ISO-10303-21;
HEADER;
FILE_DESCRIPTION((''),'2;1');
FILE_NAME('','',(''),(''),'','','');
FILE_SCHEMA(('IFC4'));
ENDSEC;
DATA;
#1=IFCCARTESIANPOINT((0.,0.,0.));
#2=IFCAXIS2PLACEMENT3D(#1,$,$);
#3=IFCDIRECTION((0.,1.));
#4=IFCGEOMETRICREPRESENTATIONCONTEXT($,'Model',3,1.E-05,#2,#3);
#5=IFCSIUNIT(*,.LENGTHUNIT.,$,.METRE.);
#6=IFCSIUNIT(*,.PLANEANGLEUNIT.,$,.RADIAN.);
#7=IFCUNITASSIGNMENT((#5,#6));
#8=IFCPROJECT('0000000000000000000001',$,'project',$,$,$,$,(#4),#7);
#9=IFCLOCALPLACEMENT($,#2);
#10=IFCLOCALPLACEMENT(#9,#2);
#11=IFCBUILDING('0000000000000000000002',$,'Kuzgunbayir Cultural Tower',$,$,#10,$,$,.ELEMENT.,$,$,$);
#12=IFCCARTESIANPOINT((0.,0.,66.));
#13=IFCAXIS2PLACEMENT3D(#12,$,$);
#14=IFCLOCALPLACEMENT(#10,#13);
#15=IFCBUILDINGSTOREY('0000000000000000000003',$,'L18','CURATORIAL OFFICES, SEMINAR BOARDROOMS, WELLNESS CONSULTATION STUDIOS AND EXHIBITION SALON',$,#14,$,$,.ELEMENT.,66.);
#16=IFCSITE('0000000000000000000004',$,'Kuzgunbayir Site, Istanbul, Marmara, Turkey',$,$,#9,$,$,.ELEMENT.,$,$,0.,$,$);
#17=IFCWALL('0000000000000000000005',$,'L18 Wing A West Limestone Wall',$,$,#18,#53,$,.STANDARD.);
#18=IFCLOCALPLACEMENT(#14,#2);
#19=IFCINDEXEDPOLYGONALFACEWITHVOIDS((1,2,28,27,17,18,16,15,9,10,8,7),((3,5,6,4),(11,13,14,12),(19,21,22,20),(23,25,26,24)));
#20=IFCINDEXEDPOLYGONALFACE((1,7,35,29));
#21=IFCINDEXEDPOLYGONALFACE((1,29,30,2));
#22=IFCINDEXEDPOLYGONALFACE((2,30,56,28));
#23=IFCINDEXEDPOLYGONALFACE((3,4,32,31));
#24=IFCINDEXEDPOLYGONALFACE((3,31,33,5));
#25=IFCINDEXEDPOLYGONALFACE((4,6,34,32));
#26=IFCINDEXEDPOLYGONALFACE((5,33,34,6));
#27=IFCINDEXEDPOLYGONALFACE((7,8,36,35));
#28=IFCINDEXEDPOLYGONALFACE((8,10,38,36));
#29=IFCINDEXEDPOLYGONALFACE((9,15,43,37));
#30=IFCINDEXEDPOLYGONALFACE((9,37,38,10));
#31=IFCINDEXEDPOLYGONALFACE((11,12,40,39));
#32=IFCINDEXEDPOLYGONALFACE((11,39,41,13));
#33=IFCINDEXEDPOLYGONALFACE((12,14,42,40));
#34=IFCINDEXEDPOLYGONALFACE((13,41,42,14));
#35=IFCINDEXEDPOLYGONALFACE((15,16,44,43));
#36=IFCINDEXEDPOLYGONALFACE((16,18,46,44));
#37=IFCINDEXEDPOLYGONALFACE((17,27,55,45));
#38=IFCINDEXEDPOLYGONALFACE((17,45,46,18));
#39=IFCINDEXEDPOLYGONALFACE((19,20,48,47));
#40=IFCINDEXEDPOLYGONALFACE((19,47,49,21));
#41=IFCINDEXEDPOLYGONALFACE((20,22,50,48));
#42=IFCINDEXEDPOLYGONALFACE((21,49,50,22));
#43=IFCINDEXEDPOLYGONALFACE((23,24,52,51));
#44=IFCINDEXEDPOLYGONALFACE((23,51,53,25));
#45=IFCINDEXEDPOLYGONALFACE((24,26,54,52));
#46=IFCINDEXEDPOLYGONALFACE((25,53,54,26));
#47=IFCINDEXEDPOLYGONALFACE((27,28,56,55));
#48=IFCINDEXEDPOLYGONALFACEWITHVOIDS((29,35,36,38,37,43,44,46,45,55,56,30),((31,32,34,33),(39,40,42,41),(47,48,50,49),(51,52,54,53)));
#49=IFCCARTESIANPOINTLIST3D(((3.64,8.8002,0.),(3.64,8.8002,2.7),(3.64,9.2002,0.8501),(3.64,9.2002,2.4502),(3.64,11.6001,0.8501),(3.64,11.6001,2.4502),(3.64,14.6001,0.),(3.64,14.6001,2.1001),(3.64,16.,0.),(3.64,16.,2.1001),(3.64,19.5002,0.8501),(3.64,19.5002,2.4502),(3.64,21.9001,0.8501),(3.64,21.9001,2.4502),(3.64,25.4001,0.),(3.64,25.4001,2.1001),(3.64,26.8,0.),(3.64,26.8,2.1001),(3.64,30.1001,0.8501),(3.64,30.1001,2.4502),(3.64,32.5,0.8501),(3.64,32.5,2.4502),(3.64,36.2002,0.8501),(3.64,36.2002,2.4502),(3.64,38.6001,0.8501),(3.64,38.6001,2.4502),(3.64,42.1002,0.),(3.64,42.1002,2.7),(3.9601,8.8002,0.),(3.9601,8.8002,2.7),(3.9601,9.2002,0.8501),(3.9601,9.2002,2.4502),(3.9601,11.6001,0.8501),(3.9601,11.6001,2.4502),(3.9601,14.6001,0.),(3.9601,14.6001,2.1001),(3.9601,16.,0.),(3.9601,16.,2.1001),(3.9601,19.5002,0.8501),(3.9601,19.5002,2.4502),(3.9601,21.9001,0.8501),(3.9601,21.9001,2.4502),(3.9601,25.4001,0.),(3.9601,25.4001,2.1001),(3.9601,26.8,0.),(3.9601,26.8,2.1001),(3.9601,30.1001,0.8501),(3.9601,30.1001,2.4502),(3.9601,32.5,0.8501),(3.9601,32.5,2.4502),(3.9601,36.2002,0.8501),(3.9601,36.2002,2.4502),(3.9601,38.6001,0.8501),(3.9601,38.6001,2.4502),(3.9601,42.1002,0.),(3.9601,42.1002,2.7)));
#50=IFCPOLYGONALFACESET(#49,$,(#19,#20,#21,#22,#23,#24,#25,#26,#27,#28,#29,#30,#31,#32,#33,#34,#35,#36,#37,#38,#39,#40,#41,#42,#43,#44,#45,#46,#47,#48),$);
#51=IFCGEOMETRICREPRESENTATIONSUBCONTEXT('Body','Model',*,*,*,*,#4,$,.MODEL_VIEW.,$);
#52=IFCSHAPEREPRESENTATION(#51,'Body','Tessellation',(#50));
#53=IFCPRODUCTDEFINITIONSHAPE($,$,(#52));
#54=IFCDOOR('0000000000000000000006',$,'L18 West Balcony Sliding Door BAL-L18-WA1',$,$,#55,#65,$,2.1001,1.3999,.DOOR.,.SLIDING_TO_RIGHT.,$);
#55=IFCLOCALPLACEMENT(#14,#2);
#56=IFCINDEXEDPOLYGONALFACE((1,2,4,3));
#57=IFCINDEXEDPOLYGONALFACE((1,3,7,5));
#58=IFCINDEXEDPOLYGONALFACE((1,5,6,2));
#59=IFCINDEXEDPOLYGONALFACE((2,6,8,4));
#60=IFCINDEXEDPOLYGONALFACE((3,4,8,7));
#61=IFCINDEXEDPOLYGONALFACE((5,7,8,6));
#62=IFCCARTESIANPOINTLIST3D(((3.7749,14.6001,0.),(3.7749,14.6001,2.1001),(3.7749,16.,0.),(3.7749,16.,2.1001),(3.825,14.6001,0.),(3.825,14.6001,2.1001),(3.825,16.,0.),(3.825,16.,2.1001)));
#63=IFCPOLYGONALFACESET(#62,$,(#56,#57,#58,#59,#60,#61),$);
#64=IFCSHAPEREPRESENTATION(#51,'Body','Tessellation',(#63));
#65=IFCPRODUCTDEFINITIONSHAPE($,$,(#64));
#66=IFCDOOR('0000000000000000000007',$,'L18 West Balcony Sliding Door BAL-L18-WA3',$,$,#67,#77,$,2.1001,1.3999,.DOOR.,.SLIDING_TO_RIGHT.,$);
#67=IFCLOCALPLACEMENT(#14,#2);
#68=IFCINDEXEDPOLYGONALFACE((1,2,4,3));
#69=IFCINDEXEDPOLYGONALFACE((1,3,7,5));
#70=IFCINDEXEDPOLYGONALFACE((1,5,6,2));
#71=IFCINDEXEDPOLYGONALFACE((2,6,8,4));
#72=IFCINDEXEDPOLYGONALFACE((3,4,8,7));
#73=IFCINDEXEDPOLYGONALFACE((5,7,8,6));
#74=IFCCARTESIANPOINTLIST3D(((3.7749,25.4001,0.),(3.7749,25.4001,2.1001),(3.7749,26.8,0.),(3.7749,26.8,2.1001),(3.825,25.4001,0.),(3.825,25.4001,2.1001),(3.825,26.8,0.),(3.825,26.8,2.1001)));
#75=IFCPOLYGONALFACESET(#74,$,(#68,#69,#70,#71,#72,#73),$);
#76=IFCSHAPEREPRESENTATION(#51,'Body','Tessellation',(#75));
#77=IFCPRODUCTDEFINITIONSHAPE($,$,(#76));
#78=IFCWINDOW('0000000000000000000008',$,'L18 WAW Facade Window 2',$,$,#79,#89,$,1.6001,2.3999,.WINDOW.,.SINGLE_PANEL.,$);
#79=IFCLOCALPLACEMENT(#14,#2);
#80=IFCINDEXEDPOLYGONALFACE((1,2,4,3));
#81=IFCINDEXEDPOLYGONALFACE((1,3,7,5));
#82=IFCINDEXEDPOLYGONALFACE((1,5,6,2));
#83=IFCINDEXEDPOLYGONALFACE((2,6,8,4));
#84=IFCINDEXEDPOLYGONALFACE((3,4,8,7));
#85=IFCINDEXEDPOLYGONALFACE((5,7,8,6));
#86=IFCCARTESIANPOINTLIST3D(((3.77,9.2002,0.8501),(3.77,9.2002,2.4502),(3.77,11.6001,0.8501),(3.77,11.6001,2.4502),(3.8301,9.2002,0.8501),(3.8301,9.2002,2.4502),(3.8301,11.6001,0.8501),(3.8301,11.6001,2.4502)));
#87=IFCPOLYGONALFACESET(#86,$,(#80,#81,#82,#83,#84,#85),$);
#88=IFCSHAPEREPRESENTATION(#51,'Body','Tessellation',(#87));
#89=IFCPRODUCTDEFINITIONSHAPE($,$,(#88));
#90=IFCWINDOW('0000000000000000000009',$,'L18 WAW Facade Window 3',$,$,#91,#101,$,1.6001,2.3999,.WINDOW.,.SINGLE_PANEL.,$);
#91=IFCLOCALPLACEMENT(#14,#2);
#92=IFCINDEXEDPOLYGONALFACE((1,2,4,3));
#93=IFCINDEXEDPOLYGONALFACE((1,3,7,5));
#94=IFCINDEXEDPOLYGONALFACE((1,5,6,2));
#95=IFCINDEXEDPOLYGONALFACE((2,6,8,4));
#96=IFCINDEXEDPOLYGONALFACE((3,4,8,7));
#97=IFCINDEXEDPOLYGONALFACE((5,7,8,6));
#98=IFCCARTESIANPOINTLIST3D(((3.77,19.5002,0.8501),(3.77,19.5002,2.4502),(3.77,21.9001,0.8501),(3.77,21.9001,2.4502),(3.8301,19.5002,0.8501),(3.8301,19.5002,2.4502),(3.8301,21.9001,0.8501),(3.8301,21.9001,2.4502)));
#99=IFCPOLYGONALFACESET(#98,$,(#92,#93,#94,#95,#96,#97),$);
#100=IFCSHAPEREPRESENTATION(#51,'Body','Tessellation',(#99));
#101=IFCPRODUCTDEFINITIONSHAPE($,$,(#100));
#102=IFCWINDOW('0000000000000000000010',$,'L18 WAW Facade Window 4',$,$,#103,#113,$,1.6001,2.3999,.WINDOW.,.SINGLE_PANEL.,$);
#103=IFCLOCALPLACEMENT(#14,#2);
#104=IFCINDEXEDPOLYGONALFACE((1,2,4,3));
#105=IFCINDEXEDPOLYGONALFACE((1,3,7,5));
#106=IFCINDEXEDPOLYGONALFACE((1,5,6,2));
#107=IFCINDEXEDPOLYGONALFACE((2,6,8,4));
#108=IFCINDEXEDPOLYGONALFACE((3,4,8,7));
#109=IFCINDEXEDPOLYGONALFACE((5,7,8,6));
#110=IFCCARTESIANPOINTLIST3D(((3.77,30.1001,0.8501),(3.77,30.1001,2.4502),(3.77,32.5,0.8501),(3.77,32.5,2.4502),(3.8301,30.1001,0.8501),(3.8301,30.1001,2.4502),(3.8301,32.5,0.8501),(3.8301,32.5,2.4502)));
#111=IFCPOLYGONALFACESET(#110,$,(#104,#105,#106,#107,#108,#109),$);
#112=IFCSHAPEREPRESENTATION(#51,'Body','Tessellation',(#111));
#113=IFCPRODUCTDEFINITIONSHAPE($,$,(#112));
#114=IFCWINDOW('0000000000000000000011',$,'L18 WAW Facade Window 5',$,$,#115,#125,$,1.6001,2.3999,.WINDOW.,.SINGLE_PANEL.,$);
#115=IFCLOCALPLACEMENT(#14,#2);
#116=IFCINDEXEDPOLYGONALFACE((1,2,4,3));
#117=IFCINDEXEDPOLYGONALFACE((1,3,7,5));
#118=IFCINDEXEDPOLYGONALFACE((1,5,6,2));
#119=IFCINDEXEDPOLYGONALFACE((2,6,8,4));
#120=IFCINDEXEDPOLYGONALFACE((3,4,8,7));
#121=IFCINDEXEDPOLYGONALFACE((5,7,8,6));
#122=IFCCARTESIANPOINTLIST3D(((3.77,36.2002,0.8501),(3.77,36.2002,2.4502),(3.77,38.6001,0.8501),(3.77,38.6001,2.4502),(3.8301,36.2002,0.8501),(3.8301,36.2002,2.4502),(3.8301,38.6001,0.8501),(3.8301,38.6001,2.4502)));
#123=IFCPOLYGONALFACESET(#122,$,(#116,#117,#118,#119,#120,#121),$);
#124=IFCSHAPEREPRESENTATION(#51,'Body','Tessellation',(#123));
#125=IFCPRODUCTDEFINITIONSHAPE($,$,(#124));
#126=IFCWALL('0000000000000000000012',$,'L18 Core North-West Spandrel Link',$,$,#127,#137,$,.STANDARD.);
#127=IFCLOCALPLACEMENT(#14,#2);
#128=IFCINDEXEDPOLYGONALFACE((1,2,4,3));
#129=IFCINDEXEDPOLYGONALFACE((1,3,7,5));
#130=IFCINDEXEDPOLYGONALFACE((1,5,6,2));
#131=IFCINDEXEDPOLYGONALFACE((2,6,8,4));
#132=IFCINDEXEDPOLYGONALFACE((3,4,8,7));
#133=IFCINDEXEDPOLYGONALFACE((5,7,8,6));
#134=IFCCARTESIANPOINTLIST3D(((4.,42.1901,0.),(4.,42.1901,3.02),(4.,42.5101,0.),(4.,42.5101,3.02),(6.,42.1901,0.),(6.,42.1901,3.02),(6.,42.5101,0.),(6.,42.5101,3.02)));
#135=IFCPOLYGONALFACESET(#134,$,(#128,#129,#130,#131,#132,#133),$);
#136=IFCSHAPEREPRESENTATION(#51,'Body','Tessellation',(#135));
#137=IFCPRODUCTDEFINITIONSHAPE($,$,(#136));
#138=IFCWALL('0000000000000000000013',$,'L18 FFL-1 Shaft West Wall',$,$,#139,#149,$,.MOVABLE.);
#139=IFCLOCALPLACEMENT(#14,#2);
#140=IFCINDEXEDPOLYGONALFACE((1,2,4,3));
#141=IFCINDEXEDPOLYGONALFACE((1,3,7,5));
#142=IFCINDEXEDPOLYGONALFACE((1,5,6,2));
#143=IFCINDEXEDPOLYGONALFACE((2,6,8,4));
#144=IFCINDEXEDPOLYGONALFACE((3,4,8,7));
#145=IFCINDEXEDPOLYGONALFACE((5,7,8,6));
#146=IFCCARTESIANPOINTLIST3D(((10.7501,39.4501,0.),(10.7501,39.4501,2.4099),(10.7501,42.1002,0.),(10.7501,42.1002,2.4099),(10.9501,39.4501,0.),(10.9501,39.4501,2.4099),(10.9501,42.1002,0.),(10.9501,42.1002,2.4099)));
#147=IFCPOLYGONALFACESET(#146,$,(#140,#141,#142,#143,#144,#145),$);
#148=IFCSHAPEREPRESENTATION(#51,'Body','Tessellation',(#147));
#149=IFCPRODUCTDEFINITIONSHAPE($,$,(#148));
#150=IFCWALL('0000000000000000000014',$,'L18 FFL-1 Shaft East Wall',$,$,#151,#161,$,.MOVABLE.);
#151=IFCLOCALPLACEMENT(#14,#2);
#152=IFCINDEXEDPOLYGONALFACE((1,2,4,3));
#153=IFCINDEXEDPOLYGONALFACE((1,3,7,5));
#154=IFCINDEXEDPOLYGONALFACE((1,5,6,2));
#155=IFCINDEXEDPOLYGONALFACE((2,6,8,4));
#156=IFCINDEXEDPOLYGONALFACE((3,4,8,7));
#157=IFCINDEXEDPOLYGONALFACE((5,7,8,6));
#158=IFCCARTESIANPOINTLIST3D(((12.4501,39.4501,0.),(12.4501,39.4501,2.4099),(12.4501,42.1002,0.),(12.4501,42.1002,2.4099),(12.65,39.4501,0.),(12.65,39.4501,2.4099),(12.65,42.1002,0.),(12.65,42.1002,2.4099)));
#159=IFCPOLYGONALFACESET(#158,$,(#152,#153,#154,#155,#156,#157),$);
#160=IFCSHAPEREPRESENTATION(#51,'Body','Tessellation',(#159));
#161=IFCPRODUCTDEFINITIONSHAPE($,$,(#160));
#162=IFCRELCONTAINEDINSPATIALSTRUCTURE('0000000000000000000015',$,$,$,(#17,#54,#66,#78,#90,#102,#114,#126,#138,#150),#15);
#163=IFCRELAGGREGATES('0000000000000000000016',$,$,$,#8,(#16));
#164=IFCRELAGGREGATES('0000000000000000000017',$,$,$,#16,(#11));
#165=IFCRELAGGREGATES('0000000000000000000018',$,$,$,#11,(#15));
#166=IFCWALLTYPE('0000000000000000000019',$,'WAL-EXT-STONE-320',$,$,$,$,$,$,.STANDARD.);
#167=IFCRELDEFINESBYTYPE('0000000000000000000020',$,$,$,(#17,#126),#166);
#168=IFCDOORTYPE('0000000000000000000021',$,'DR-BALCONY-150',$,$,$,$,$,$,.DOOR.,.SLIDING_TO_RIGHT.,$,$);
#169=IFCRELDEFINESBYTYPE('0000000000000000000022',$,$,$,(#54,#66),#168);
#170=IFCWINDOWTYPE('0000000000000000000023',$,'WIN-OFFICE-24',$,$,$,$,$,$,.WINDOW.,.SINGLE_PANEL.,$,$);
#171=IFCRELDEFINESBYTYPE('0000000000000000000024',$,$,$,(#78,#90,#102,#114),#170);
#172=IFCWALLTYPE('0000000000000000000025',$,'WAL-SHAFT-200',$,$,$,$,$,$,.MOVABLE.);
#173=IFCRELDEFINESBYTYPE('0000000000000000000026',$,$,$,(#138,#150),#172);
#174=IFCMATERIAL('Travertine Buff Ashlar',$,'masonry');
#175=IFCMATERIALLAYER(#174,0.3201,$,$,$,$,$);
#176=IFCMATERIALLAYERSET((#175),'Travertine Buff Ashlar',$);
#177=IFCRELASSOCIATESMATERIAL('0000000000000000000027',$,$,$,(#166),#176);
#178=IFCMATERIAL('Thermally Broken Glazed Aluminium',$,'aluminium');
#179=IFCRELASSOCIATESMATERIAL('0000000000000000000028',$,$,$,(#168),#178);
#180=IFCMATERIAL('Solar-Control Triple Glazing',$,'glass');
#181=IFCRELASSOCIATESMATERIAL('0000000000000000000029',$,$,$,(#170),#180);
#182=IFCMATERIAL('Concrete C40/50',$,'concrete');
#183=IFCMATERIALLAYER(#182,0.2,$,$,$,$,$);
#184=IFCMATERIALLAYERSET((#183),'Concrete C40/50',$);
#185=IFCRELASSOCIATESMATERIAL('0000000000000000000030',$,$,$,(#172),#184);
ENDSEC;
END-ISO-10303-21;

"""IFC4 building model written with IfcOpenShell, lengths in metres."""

from ifc_helpers import new_model, si_unit, direction, frame, frame_2d, origin, place, context, subcontext, project, spatial, rectangle, extrude, material, layer, layer_set, type_object, element, fill, save


model = new_model("IFC4")

# Units and contexts
model_context = context("Model", 3, precision=1e-05, world=origin(), true_north=direction((0.0, 1.0)))
body_context = subcontext(model_context, "Body", "Model", "MODEL_VIEW")
ifc_project = project(units=[si_unit("LENGTHUNIT", "METRE"), si_unit("PLANEANGLEUNIT", "RADIAN")], contexts=[model_context])

# Site, building, storey
site_placement = place(None, origin())
site = spatial("IfcSite", under=ifc_project, at=site_placement, Name="Kuzgunbayir Site, Istanbul, Marmara, Turkey", CompositionType="ELEMENT", RefElevation=0.0)
building_placement = place(site_placement, origin())
building = spatial("IfcBuilding", under=site, at=building_placement, Name="Kuzgunbayir Cultural Tower", CompositionType="ELEMENT")
storey_placement = place(building_placement, frame((0.0, 0.0, 66.0)))
storey = spatial("IfcBuildingStorey", under=building, at=storey_placement, Name="L18", Description="CURATORIAL OFFICES, SEMINAR BOARDROOMS, WELLNESS CONSULTATION STUDIOS AND EXHIBITION SALON", CompositionType="ELEMENT", Elevation=66.0)

# Wall, openings, doors, windows
ifc_material_1 = material(Name="Travertine Buff Ashlar", Category="masonry")
ifc_layer_1 = layer(ifc_material_1, 0.3201)
ifc_layer_set_1 = layer_set([ifc_layer_1], Name="Travertine Buff Ashlar")
wall_type_1 = type_object("IfcWallType", Name="WAL-EXT-STONE-320", PredefinedType="STANDARD", material=ifc_layer_set_1)
wall_1_placement = place(storey_placement, frame((3.8, 42.1001, 0.0), z_axis=(0.0, 0.0, 1.0), x_axis=(0.0, -1.0, 0.0)))
wall_1 = element("IfcWall", 1, at=wall_1_placement, inside=storey, type_object=wall_type_1, Name="L18 Wing A West Limestone Wall", PredefinedType="STANDARD", context=body_context, shape_type="SweptSolid", body=[
    extrude(rectangle(XDim=33.3, YDim=0.3201, at=frame_2d((16.6499, 0.0))), origin(), (0.0, 0.0, 1.0), 2.7),
])
opening_1_placement = place(wall_1_placement, frame((26.1001, 0.0, 0.0)))
opening_1 = element("IfcOpeningElement", 2, at=opening_1_placement, cuts=wall_1, PredefinedType="OPENING", context=body_context, shape_type="SweptSolid", body=[
    extrude(rectangle(XDim=1.3999, YDim=2.1001, at=frame_2d((0.7, 1.05))), frame((0.0, 0.1699, 0.0), z_axis=(0.0, -1.0, 0.0), x_axis=(1.0, 0.0, 0.0)), (0.0, 0.0, 1.0), 0.3401),
])
opening_2_placement = place(wall_1_placement, frame((15.3, 0.0, 0.0)))
opening_2 = element("IfcOpeningElement", 3, at=opening_2_placement, cuts=wall_1, PredefinedType="OPENING", context=body_context, shape_type="SweptSolid", body=[
    extrude(rectangle(XDim=1.3999, YDim=2.1001, at=frame_2d((0.7, 1.05))), frame((0.0, 0.1699, 0.0), z_axis=(0.0, -1.0, 0.0), x_axis=(1.0, 0.0, 0.0)), (0.0, 0.0, 1.0), 0.3401),
])
opening_3_placement = place(wall_1_placement, frame((30.5, 0.0, 0.8501)))
opening_3 = element("IfcOpeningElement", 4, at=opening_3_placement, cuts=wall_1, PredefinedType="OPENING", context=body_context, shape_type="SweptSolid", body=[
    extrude(rectangle(XDim=2.3999, YDim=1.6001, at=frame_2d((1.2, 0.8))), frame((0.0, 0.1699, 0.0), z_axis=(0.0, -1.0, 0.0), x_axis=(1.0, 0.0, 0.0)), (0.0, 0.0, 1.0), 0.3401),
])
opening_4_placement = place(wall_1_placement, frame((20.2, 0.0, 0.8501)))
opening_4 = element("IfcOpeningElement", 5, at=opening_4_placement, cuts=wall_1, PredefinedType="OPENING", context=body_context, shape_type="SweptSolid", body=[
    extrude(rectangle(XDim=2.3999, YDim=1.6001, at=frame_2d((1.2, 0.8))), frame((0.0, 0.1699, 0.0), z_axis=(0.0, -1.0, 0.0), x_axis=(1.0, 0.0, 0.0)), (0.0, 0.0, 1.0), 0.3401),
])
opening_5_placement = place(wall_1_placement, frame((9.6001, 0.0, 0.8501)))
opening_5 = element("IfcOpeningElement", 6, at=opening_5_placement, cuts=wall_1, PredefinedType="OPENING", context=body_context, shape_type="SweptSolid", body=[
    extrude(rectangle(XDim=2.3999, YDim=1.6001, at=frame_2d((1.2, 0.8))), frame((0.0, 0.1699, 0.0), z_axis=(0.0, -1.0, 0.0), x_axis=(1.0, 0.0, 0.0)), (0.0, 0.0, 1.0), 0.3401),
])
opening_6_placement = place(wall_1_placement, frame((3.5, 0.0, 0.8501)))
opening_6 = element("IfcOpeningElement", 7, at=opening_6_placement, cuts=wall_1, PredefinedType="OPENING", context=body_context, shape_type="SweptSolid", body=[
    extrude(rectangle(XDim=2.3999, YDim=1.6001, at=frame_2d((1.2, 0.8))), frame((0.0, 0.1699, 0.0), z_axis=(0.0, -1.0, 0.0), x_axis=(1.0, 0.0, 0.0)), (0.0, 0.0, 1.0), 0.3401),
])
ifc_material_2 = material(Name="Thermally Broken Glazed Aluminium", Category="aluminium")
door_type_1 = type_object("IfcDoorType", Name="DR-BALCONY-150", OperationType="SLIDING_TO_RIGHT", PredefinedType="DOOR", material=ifc_material_2)
door_1_placement = place(opening_1_placement, origin())
door_1 = element("IfcDoor", 8, at=door_1_placement, inside=storey, type_object=door_type_1, Name="L18 West Balcony Sliding Door BAL-L18-WA1", OperationType="SLIDING_TO_RIGHT", OverallHeight=2.1001, OverallWidth=1.3999, PredefinedType="DOOR", context=body_context, shape_type="SweptSolid", body=[
    extrude(rectangle(XDim=1.3999, YDim=2.1001, at=frame_2d((0.7, 1.05))), frame((0.0, 0.0249, 0.0), z_axis=(0.0, -1.0, 0.0), x_axis=(1.0, 0.0, 0.0)), (0.0, 0.0, 1.0), 0.05),
])
fill(opening_1, door_1)
door_2_placement = place(opening_2_placement, origin())
door_2 = element("IfcDoor", 9, at=door_2_placement, inside=storey, type_object=door_type_1, Name="L18 West Balcony Sliding Door BAL-L18-WA3", OperationType="SLIDING_TO_RIGHT", OverallHeight=2.1001, OverallWidth=1.3999, PredefinedType="DOOR", context=body_context, shape_type="SweptSolid", body=[
    extrude(rectangle(XDim=1.3999, YDim=2.1001, at=frame_2d((0.7, 1.05))), frame((0.0, 0.0249, 0.0), z_axis=(0.0, -1.0, 0.0), x_axis=(1.0, 0.0, 0.0)), (0.0, 0.0, 1.0), 0.05),
])
fill(opening_2, door_2)
ifc_material_3 = material(Name="Solar-Control Triple Glazing", Category="glass")
window_type = type_object("IfcWindowType", Name="WIN-OFFICE-24", PartitioningType="SINGLE_PANEL", PredefinedType="WINDOW", material=ifc_material_3)
window_1_placement = place(opening_3_placement, origin())
window_1 = element("IfcWindow", 10, at=window_1_placement, inside=storey, type_object=window_type, Name="L18 WAW Facade Window 2", OverallHeight=1.6001, OverallWidth=2.3999, PartitioningType="SINGLE_PANEL", PredefinedType="WINDOW", context=body_context, shape_type="SweptSolid", body=[
    extrude(rectangle(XDim=2.3999, YDim=1.6001, at=frame_2d((1.2, 0.8))), frame((0.0, 0.03, 0.0), z_axis=(0.0, -1.0, 0.0), x_axis=(1.0, 0.0, 0.0)), (0.0, 0.0, 1.0), 0.0601),
])
fill(opening_3, window_1)
window_2_placement = place(opening_4_placement, origin())
window_2 = element("IfcWindow", 11, at=window_2_placement, inside=storey, type_object=window_type, Name="L18 WAW Facade Window 3", OverallHeight=1.6001, OverallWidth=2.3999, PartitioningType="SINGLE_PANEL", PredefinedType="WINDOW", context=body_context, shape_type="SweptSolid", body=[
    extrude(rectangle(XDim=2.3999, YDim=1.6001, at=frame_2d((1.2, 0.8))), frame((0.0, 0.03, 0.0), z_axis=(0.0, -1.0, 0.0), x_axis=(1.0, 0.0, 0.0)), (0.0, 0.0, 1.0), 0.0601),
])
fill(opening_4, window_2)
window_3_placement = place(opening_5_placement, origin())
window_3 = element("IfcWindow", 12, at=window_3_placement, inside=storey, type_object=window_type, Name="L18 WAW Facade Window 4", OverallHeight=1.6001, OverallWidth=2.3999, PartitioningType="SINGLE_PANEL", PredefinedType="WINDOW", context=body_context, shape_type="SweptSolid", body=[
    extrude(rectangle(XDim=2.3999, YDim=1.6001, at=frame_2d((1.2, 0.8))), frame((0.0, 0.03, 0.0), z_axis=(0.0, -1.0, 0.0), x_axis=(1.0, 0.0, 0.0)), (0.0, 0.0, 1.0), 0.0601),
])
fill(opening_5, window_3)
window_4_placement = place(opening_6_placement, origin())
window_4 = element("IfcWindow", 13, at=window_4_placement, inside=storey, type_object=window_type, Name="L18 WAW Facade Window 5", OverallHeight=1.6001, OverallWidth=2.3999, PartitioningType="SINGLE_PANEL", PredefinedType="WINDOW", context=body_context, shape_type="SweptSolid", body=[
    extrude(rectangle(XDim=2.3999, YDim=1.6001, at=frame_2d((1.2, 0.8))), frame((0.0, 0.03, 0.0), z_axis=(0.0, -1.0, 0.0), x_axis=(1.0, 0.0, 0.0)), (0.0, 0.0, 1.0), 0.0601),
])
fill(opening_6, window_4)

# Wall
wall_2_placement = place(storey_placement, frame((6.0, 42.3501, 0.0), z_axis=(0.0, 0.0, 1.0), x_axis=(-1.0, 0.0, 0.0)))
element("IfcWall", 14, at=wall_2_placement, inside=storey, type_object=wall_type_1, Name="L18 Core North-West Spandrel Link", PredefinedType="STANDARD", context=body_context, shape_type="SweptSolid", body=[
    extrude(rectangle(XDim=2.0, YDim=0.3201, at=frame_2d((1.0, 0.0))), origin(), (0.0, 0.0, 1.0), 3.02),
])

# Shared definitions
ifc_material_4 = material(Name="Concrete C40/50", Category="concrete")
ifc_layer_2 = layer(ifc_material_4, 0.2)
ifc_layer_set_2 = layer_set([ifc_layer_2], Name="Concrete C40/50")
wall_type_2 = type_object("IfcWallType", Name="WAL-SHAFT-200", PredefinedType="MOVABLE", material=ifc_layer_set_2)

# Walls
for number, where, z_axis, x_axis, name in (
    (15, (10.8501, 39.45, 0.0), (0.0, 0.0, 1.0), (0.0, 1.0, 0.0), "L18 FFL-1 Shaft West Wall"),
    (16, (12.55, 39.45, 0.0), (0.0, 0.0, 1.0), (0.0, 1.0, 0.0), "L18 FFL-1 Shaft East Wall"),
):
    element("IfcWall", number, at=place(storey_placement, frame(where, z_axis=z_axis, x_axis=x_axis)), inside=storey, type_object=wall_type_2, Name=name, PredefinedType="MOVABLE", context=body_context, shape_type="SweptSolid", body=[
        extrude(rectangle(XDim=2.6501, YDim=0.2, at=frame_2d((1.3252, 0.0))), origin(), (0.0, 0.0, 1.0), 2.4099),
    ])

save(model, "model.ifc")
